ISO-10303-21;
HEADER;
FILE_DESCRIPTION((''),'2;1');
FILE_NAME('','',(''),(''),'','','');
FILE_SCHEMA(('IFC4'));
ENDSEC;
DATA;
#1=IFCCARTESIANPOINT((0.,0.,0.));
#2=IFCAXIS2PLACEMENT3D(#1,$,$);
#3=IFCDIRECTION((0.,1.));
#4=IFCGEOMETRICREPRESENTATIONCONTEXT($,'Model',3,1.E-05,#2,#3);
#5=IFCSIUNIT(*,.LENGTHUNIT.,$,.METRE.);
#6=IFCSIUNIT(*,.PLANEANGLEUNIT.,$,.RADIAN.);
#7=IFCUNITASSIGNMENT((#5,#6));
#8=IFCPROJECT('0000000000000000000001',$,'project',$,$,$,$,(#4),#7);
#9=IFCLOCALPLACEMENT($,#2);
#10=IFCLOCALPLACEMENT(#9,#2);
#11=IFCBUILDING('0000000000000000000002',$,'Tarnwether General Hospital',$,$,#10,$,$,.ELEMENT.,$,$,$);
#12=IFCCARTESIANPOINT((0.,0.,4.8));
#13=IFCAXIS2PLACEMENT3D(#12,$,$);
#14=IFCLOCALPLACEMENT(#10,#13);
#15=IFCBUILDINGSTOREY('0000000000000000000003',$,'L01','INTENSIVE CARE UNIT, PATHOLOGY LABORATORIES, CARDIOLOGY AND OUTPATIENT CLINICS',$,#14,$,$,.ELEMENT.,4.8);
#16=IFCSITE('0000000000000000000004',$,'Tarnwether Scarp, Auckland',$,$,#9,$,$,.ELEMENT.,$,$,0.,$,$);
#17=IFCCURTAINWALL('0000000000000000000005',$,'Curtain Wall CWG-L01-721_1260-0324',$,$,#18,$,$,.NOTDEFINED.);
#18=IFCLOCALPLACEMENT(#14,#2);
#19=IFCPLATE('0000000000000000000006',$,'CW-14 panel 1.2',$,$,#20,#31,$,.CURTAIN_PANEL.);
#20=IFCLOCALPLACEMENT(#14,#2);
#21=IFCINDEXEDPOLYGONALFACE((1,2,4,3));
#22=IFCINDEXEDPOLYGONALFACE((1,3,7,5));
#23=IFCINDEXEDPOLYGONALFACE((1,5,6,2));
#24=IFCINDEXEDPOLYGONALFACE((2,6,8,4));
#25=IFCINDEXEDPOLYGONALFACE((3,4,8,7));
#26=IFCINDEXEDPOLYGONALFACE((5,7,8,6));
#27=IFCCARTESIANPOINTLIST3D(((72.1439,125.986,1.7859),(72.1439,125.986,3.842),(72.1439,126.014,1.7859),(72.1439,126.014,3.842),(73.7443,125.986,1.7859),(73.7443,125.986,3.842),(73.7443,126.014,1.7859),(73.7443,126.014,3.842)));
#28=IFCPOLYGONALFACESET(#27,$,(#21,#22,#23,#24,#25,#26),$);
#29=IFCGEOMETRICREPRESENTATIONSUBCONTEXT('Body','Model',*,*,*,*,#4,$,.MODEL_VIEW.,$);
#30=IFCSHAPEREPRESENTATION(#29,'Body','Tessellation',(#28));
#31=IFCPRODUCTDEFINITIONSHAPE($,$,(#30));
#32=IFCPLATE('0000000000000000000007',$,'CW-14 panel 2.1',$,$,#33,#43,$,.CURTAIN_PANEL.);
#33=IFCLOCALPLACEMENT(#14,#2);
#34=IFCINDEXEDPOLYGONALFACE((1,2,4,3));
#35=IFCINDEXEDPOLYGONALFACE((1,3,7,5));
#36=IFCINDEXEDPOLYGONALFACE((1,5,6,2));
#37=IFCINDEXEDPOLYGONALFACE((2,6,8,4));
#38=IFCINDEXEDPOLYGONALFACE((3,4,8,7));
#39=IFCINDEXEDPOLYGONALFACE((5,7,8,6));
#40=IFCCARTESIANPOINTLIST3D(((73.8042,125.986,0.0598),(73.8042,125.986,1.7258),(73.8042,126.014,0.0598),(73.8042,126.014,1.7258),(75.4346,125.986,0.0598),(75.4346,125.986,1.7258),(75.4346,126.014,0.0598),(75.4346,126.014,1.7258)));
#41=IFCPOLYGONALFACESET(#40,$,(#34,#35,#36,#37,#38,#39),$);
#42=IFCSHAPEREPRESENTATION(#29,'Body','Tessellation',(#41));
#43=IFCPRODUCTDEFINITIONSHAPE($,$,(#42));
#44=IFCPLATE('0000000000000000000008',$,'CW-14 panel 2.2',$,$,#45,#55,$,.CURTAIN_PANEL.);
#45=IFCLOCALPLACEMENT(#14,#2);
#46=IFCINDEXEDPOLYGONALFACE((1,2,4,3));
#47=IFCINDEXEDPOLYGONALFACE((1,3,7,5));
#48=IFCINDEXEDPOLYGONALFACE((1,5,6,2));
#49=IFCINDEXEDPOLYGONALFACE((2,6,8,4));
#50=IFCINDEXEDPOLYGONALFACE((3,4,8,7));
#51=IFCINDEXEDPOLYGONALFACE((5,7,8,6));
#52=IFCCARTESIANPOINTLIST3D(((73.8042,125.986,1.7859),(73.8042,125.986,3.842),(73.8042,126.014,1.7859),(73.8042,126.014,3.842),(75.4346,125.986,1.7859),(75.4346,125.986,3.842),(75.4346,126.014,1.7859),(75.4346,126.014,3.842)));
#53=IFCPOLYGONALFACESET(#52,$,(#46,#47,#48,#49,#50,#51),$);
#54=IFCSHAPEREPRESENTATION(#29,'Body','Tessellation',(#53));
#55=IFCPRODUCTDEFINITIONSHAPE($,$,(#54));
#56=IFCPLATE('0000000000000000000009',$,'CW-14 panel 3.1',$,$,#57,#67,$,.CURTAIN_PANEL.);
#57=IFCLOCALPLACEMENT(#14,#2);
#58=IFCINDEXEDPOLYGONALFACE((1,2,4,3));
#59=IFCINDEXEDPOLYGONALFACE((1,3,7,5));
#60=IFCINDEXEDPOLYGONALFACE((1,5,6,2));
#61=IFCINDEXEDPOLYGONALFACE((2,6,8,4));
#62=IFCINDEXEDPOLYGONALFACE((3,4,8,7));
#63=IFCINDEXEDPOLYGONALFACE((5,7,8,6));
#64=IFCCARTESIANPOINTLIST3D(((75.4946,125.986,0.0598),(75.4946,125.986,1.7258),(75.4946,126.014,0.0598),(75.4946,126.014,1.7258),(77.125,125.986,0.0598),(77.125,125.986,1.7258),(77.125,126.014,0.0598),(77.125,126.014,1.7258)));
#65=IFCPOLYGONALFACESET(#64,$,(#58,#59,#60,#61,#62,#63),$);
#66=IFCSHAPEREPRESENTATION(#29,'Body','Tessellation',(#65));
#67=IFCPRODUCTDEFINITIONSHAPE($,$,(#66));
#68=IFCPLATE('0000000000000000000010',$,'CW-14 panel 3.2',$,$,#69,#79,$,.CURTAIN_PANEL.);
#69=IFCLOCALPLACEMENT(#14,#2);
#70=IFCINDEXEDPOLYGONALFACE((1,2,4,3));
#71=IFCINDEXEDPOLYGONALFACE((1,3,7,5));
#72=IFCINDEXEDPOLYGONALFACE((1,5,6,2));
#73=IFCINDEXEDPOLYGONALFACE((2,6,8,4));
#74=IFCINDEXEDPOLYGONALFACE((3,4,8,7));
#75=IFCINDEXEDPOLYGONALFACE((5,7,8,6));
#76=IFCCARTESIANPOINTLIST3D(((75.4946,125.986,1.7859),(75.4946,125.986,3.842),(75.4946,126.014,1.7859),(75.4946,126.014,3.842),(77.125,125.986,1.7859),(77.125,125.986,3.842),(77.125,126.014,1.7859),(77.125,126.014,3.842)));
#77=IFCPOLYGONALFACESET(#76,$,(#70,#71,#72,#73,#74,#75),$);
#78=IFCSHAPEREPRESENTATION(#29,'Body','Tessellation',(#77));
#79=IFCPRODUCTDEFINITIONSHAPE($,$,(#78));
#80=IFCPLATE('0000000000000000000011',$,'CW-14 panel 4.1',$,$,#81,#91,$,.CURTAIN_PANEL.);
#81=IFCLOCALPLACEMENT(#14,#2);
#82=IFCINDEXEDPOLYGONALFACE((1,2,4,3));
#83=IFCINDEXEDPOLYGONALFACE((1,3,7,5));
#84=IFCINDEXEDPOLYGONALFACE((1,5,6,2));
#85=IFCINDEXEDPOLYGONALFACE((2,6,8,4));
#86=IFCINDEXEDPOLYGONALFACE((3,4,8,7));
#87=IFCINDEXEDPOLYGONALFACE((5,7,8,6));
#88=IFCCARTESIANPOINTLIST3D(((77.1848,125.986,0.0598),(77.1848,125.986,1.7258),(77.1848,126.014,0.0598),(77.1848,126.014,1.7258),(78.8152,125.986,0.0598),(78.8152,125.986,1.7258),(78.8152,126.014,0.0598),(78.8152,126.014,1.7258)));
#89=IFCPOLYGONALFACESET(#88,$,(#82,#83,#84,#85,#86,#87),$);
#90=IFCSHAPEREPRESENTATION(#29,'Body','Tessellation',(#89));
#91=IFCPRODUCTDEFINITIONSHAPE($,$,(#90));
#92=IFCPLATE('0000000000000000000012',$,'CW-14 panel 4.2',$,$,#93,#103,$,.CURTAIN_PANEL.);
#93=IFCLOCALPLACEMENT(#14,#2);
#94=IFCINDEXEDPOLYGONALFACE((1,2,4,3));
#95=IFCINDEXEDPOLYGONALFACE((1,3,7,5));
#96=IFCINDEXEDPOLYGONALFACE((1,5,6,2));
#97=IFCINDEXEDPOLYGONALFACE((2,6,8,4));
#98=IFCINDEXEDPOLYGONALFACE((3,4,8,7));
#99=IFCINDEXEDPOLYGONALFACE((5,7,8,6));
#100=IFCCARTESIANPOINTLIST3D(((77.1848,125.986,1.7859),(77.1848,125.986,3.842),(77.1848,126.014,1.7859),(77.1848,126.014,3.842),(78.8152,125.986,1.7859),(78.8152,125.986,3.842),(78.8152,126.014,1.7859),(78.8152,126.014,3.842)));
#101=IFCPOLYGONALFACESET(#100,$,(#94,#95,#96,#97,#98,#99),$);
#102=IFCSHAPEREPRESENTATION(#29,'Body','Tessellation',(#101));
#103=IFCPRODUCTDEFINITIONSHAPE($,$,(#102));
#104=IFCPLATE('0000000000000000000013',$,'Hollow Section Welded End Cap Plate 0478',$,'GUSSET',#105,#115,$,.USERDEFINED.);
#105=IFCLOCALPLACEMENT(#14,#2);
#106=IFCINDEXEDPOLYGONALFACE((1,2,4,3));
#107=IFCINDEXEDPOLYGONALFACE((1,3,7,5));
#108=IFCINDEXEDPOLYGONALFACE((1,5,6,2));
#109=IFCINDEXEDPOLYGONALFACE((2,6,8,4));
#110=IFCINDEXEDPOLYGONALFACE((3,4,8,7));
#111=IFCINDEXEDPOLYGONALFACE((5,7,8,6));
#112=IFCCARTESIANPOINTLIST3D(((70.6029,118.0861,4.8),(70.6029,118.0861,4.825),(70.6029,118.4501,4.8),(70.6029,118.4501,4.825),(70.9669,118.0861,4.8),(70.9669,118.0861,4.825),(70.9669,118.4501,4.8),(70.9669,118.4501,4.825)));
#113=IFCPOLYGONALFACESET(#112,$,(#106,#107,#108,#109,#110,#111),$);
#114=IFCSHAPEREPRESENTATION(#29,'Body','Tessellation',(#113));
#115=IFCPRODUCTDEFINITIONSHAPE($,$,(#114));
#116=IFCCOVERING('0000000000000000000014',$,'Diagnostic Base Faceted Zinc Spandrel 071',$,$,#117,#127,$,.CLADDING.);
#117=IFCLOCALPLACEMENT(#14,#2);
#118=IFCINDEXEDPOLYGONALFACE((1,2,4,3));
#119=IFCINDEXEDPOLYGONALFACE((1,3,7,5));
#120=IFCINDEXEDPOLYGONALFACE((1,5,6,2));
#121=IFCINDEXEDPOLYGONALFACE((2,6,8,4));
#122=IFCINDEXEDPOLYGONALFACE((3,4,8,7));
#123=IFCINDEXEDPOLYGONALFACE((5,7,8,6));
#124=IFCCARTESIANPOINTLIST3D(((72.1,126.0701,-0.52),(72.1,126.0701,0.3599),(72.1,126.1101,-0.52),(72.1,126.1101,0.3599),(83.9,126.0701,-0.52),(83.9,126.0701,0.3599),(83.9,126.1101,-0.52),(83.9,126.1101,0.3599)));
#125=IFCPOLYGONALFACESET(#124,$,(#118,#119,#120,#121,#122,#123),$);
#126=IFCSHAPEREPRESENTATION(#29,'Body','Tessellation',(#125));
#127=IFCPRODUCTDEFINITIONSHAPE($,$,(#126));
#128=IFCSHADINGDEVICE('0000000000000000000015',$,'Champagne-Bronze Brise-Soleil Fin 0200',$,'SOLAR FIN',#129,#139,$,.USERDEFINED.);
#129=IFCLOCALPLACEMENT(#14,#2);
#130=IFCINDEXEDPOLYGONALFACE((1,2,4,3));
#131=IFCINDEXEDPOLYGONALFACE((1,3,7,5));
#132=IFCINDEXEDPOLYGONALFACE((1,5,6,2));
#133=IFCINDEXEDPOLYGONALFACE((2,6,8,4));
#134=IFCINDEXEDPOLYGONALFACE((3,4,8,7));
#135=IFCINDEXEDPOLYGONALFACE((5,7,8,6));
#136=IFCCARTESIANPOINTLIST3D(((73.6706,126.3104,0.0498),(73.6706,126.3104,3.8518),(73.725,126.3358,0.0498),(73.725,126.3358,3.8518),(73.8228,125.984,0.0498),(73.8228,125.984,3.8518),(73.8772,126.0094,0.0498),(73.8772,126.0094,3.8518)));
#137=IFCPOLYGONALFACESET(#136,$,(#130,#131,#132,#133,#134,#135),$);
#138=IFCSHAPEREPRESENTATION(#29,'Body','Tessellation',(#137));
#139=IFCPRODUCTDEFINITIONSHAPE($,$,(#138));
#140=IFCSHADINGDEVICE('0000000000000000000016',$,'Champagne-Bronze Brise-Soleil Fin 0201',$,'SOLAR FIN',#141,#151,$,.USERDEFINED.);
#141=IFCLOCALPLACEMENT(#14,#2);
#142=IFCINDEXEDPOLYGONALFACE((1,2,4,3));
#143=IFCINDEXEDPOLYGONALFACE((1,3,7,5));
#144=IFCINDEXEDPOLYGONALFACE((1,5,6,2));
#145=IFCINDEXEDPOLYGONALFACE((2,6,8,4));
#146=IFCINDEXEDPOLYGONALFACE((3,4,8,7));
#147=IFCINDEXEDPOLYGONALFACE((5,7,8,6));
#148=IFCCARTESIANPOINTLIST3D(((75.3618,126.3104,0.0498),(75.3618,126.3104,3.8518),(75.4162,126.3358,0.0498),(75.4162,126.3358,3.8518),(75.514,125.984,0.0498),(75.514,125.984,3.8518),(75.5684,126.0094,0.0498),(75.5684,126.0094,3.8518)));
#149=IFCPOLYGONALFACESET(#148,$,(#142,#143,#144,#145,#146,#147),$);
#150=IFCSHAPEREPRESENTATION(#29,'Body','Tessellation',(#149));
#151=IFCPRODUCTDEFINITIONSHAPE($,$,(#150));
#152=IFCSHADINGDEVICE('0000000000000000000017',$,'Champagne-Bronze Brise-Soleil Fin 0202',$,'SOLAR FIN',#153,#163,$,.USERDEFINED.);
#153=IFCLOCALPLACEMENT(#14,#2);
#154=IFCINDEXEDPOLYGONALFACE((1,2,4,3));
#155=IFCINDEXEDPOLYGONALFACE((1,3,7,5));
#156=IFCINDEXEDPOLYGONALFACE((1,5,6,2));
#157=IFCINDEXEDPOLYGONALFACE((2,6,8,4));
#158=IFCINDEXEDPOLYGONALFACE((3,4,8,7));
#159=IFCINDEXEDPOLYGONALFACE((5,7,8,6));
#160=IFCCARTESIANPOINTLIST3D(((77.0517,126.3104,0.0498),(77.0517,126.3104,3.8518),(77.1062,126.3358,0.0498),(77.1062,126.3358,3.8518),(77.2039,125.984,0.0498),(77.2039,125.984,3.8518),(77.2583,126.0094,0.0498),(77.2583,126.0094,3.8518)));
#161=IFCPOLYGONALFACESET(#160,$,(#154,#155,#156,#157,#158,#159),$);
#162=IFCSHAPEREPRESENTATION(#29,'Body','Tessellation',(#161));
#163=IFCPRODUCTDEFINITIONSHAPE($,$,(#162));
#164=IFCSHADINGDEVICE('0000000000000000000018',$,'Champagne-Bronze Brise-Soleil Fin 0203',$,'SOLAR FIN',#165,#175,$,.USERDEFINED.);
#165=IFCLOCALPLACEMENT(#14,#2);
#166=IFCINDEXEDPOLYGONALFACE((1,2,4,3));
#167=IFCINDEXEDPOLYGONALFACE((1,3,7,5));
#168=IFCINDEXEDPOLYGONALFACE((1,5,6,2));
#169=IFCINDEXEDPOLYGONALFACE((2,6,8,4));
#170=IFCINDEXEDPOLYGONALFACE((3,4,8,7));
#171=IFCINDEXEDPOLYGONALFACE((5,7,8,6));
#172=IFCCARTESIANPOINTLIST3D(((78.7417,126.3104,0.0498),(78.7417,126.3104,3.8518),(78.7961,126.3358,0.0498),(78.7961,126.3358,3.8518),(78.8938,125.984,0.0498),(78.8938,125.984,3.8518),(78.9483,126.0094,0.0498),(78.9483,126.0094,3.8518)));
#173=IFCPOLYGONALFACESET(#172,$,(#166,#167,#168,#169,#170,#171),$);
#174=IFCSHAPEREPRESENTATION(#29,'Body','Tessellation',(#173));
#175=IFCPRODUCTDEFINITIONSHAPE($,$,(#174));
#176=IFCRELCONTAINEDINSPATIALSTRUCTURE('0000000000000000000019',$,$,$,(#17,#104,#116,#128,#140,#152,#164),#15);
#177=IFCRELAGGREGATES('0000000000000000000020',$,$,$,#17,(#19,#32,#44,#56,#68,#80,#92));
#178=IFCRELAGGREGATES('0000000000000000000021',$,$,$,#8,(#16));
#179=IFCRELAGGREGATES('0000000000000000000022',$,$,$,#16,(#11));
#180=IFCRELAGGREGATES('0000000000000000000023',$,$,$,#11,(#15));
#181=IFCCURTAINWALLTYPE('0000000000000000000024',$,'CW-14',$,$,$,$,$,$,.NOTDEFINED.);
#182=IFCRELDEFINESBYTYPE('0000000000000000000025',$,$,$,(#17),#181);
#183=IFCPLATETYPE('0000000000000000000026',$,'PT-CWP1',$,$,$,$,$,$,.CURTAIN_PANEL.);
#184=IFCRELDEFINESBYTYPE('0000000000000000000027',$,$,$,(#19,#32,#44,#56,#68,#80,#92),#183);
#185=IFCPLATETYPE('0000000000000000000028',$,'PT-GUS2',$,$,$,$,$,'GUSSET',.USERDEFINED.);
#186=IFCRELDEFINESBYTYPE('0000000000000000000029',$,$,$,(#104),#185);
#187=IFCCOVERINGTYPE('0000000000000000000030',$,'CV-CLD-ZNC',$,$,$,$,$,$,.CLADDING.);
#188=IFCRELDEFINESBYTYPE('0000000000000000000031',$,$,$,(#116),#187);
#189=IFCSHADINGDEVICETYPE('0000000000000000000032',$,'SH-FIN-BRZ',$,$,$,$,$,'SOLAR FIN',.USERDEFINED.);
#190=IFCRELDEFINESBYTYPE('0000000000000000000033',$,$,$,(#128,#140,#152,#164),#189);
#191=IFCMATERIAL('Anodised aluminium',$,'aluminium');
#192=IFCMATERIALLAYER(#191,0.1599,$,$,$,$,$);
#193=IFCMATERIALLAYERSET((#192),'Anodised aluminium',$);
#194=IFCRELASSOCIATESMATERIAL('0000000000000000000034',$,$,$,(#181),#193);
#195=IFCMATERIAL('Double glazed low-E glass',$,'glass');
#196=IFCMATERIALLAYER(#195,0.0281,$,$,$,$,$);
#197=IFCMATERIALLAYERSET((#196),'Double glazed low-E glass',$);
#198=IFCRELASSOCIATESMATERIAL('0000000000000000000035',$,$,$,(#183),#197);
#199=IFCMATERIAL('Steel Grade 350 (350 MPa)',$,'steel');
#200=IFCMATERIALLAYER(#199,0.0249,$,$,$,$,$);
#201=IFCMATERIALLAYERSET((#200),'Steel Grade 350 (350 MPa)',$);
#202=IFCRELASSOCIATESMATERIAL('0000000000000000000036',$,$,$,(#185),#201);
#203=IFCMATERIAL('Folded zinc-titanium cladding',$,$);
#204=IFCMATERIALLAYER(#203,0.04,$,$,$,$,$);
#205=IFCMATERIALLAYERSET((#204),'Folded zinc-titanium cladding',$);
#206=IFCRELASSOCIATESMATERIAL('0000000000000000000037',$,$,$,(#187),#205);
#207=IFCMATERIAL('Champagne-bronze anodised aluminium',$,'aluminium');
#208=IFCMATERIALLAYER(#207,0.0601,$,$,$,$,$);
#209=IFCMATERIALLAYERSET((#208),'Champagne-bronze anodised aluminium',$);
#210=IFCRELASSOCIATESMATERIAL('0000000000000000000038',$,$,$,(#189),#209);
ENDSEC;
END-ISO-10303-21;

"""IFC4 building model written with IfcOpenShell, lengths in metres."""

from ifc_helpers import new_model, si_unit, direction, frame, origin, origin_2d, place, context, subcontext, project, spatial, rectangle, extrude, material, layer, layer_set, type_object, element, aggregate, save


model = new_model("IFC4")

# Units and contexts
model_context = context("Model", 3, precision=1e-05, world=origin(), true_north=direction((0.0, 1.0)))
body_context = subcontext(model_context, "Body", "Model", "MODEL_VIEW")
ifc_project = project(units=[si_unit("LENGTHUNIT", "METRE"), si_unit("PLANEANGLEUNIT", "RADIAN")], contexts=[model_context])

# Site, building, storey
site_placement = place(None, origin())
site = spatial("IfcSite", under=ifc_project, at=site_placement, Name="Tarnwether Scarp, Auckland", CompositionType="ELEMENT", RefElevation=0.0)
building_placement = place(site_placement, origin())
building = spatial("IfcBuilding", under=site, at=building_placement, Name="Tarnwether General Hospital", CompositionType="ELEMENT")
storey_placement = place(building_placement, frame((0.0, 0.0, 4.8)))
storey = spatial("IfcBuildingStorey", under=building, at=storey_placement, Name="L01", Description="INTENSIVE CARE UNIT, PATHOLOGY LABORATORIES, CARDIOLOGY AND OUTPATIENT CLINICS", CompositionType="ELEMENT", Elevation=4.8)

# Shared definitions
ifc_material_1 = material(Name="Anodised aluminium", Category="aluminium")
ifc_layer_1 = layer(ifc_material_1, 0.1599)
ifc_layer_set_1 = layer_set([ifc_layer_1], Name="Anodised aluminium")
curtain_wall_type = type_object("IfcCurtainWallType", Name="CW-14", PredefinedType="NOTDEFINED", material=ifc_layer_set_1)

# Curtain wall
curtain_wall_1_placement = place(storey_placement, origin())
curtain_wall_1 = element("IfcCurtainWall", 1, at=curtain_wall_1_placement, inside=storey, type_object=curtain_wall_type, Name="Curtain Wall CWG-L01-721_1260-0324", PredefinedType="NOTDEFINED")

# Plates
ifc_material_2 = material(Name="Double glazed low-E glass", Category="glass")
ifc_layer_2 = layer(ifc_material_2, 0.0281)
ifc_layer_set_2 = layer_set([ifc_layer_2], Name="Double glazed low-E glass")
plate_type_1 = type_object("IfcPlateType", Name="PT-CWP1", PredefinedType="CURTAIN_PANEL", material=ifc_layer_set_2)
plate_1_placement = place(storey_placement, frame((72.9441, 126.0, 1.7859), z_axis=(0.0, 0.0, 1.0), x_axis=(1.0, 0.0, 0.0)))
plate_1 = element("IfcPlate", 2, at=plate_1_placement, type_object=plate_type_1, Name="CW-14 panel 1.2", PredefinedType="CURTAIN_PANEL", context=body_context, shape_type="SweptSolid", body=[
    extrude(rectangle(XDim=1.6003, YDim=0.0281, at=origin_2d()), origin(), (0.0, 0.0, 1.0), 2.0562),
])
plate_2_placement = place(storey_placement, frame((74.6194, 126.0, 0.0598), z_axis=(0.0, 0.0, 1.0), x_axis=(1.0, 0.0, 0.0)))
plate_2 = element("IfcPlate", 3, at=plate_2_placement, type_object=plate_type_1, Name="CW-14 panel 2.1", PredefinedType="CURTAIN_PANEL", context=body_context, shape_type="SweptSolid", body=[
    extrude(rectangle(XDim=1.6304, YDim=0.0281, at=origin_2d()), origin(), (0.0, 0.0, 1.0), 1.666),
])
plate_3_placement = place(storey_placement, frame((74.6194, 126.0, 1.7859), z_axis=(0.0, 0.0, 1.0), x_axis=(1.0, 0.0, 0.0)))
plate_3 = element("IfcPlate", 4, at=plate_3_placement, type_object=plate_type_1, Name="CW-14 panel 2.2", PredefinedType="CURTAIN_PANEL", context=body_context, shape_type="SweptSolid", body=[
    extrude(rectangle(XDim=1.6304, YDim=0.0281, at=origin_2d()), origin(), (0.0, 0.0, 1.0), 2.0562),
])
plate_4_placement = place(storey_placement, frame((76.3098, 126.0, 0.0598), z_axis=(0.0, 0.0, 1.0), x_axis=(1.0, 0.0, 0.0)))
plate_4 = element("IfcPlate", 5, at=plate_4_placement, type_object=plate_type_1, Name="CW-14 panel 3.1", PredefinedType="CURTAIN_PANEL", context=body_context, shape_type="SweptSolid", body=[
    extrude(rectangle(XDim=1.6304, YDim=0.0281, at=origin_2d()), origin(), (0.0, 0.0, 1.0), 1.666),
])
plate_5_placement = place(storey_placement, frame((76.3098, 126.0, 1.7859), z_axis=(0.0, 0.0, 1.0), x_axis=(1.0, 0.0, 0.0)))
plate_5 = element("IfcPlate", 6, at=plate_5_placement, type_object=plate_type_1, Name="CW-14 panel 3.2", PredefinedType="CURTAIN_PANEL", context=body_context, shape_type="SweptSolid", body=[
    extrude(rectangle(XDim=1.6304, YDim=0.0281, at=origin_2d()), origin(), (0.0, 0.0, 1.0), 2.0562),
])
plate_6_placement = place(storey_placement, frame((78.0, 126.0, 0.0598), z_axis=(0.0, 0.0, 1.0), x_axis=(1.0, 0.0, 0.0)))
plate_6 = element("IfcPlate", 7, at=plate_6_placement, type_object=plate_type_1, Name="CW-14 panel 4.1", PredefinedType="CURTAIN_PANEL", context=body_context, shape_type="SweptSolid", body=[
    extrude(rectangle(XDim=1.6304, YDim=0.0281, at=origin_2d()), origin(), (0.0, 0.0, 1.0), 1.666),
])
plate_7_placement = place(storey_placement, frame((78.0, 126.0, 1.7859), z_axis=(0.0, 0.0, 1.0), x_axis=(1.0, 0.0, 0.0)))
plate_7 = element("IfcPlate", 8, at=plate_7_placement, type_object=plate_type_1, Name="CW-14 panel 4.2", PredefinedType="CURTAIN_PANEL", context=body_context, shape_type="SweptSolid", body=[
    extrude(rectangle(XDim=1.6304, YDim=0.0281, at=origin_2d()), origin(), (0.0, 0.0, 1.0), 2.0562),
])
aggregate(curtain_wall_1, [plate_1, plate_2, plate_3, plate_4, plate_5, plate_6, plate_7])
ifc_material_3 = material(Name="Steel Grade 350 (350 MPa)", Category="steel")
ifc_layer_3 = layer(ifc_material_3, 0.0249)
ifc_layer_set_3 = layer_set([ifc_layer_3], Name="Steel Grade 350 (350 MPa)")
plate_type_2 = type_object("IfcPlateType", Name="PT-GUS2", ElementType="GUSSET", PredefinedType="USERDEFINED", material=ifc_layer_set_3)
plate_8_placement = place(storey_placement, frame((70.7849, 118.2681, 4.8), z_axis=(0.0, 0.0, 1.0), x_axis=(1.0, 0.0, 0.0)))
element("IfcPlate", 9, at=plate_8_placement, inside=storey, type_object=plate_type_2, Name="Hollow Section Welded End Cap Plate 0478", ObjectType="GUSSET", PredefinedType="USERDEFINED", context=body_context, shape_type="SweptSolid", body=[
    extrude(rectangle(XDim=0.364, YDim=0.364, at=origin_2d()), origin(), (0.0, 0.0, 1.0), 0.0249),
])

# Covering
ifc_material_4 = material(Name="Folded zinc-titanium cladding")
ifc_layer_4 = layer(ifc_material_4, 0.04)
ifc_layer_set_4 = layer_set([ifc_layer_4], Name="Folded zinc-titanium cladding")
covering_type = type_object("IfcCoveringType", Name="CV-CLD-ZNC", PredefinedType="CLADDING", material=ifc_layer_set_4)
covering_placement = place(storey_placement, frame((78.0, 126.0901, -0.52), z_axis=(0.0, 0.0, 1.0), x_axis=(1.0, 0.0, 0.0)))
element("IfcCovering", 10, at=covering_placement, inside=storey, type_object=covering_type, Name="Diagnostic Base Faceted Zinc Spandrel 071", PredefinedType="CLADDING", context=body_context, shape_type="SweptSolid", body=[
    extrude(rectangle(XDim=11.8, YDim=0.04, at=origin_2d()), origin(), (0.0, 0.0, 1.0), 0.8799),
])

# Shading devices
ifc_material_5 = material(Name="Champagne-bronze anodised aluminium", Category="aluminium")
ifc_layer_5 = layer(ifc_material_5, 0.0601)
ifc_layer_set_5 = layer_set([ifc_layer_5], Name="Champagne-bronze anodised aluminium")
shading_device_type = type_object("IfcShadingDeviceType", Name="SH-FIN-BRZ", ElementType="SOLAR FIN", PredefinedType="USERDEFINED", material=ifc_layer_set_5)
for number, where, z_axis, x_axis, name in (
    (11, (73.7739, 126.1599, 0.0498), (0.0, 0.0, 1.0), (0.906308, 0.422618, 0.0), "Champagne-Bronze Brise-Soleil Fin 0200"),
    (12, (75.4651, 126.1599, 0.0498), (0.0, 0.0, 1.0), (0.906308, 0.422618, 0.0), "Champagne-Bronze Brise-Soleil Fin 0201"),
    (13, (77.155, 126.1599, 0.0498), (0.0, 0.0, 1.0), (0.906308, 0.422618, 0.0), "Champagne-Bronze Brise-Soleil Fin 0202"),
    (14, (78.845, 126.1599, 0.0498), (0.0, 0.0, 1.0), (0.906308, 0.422618, 0.0), "Champagne-Bronze Brise-Soleil Fin 0203"),
):
    element("IfcShadingDevice", number, at=place(storey_placement, frame(where, z_axis=z_axis, x_axis=x_axis)), inside=storey, type_object=shading_device_type, Name=name, ObjectType="SOLAR FIN", PredefinedType="USERDEFINED", context=body_context, shape_type="SweptSolid", body=[
        extrude(rectangle(XDim=0.0601, YDim=0.3601, at=origin_2d()), origin(), (0.0, 0.0, 1.0), 3.802),
    ])

save(model, "model.ifc")
